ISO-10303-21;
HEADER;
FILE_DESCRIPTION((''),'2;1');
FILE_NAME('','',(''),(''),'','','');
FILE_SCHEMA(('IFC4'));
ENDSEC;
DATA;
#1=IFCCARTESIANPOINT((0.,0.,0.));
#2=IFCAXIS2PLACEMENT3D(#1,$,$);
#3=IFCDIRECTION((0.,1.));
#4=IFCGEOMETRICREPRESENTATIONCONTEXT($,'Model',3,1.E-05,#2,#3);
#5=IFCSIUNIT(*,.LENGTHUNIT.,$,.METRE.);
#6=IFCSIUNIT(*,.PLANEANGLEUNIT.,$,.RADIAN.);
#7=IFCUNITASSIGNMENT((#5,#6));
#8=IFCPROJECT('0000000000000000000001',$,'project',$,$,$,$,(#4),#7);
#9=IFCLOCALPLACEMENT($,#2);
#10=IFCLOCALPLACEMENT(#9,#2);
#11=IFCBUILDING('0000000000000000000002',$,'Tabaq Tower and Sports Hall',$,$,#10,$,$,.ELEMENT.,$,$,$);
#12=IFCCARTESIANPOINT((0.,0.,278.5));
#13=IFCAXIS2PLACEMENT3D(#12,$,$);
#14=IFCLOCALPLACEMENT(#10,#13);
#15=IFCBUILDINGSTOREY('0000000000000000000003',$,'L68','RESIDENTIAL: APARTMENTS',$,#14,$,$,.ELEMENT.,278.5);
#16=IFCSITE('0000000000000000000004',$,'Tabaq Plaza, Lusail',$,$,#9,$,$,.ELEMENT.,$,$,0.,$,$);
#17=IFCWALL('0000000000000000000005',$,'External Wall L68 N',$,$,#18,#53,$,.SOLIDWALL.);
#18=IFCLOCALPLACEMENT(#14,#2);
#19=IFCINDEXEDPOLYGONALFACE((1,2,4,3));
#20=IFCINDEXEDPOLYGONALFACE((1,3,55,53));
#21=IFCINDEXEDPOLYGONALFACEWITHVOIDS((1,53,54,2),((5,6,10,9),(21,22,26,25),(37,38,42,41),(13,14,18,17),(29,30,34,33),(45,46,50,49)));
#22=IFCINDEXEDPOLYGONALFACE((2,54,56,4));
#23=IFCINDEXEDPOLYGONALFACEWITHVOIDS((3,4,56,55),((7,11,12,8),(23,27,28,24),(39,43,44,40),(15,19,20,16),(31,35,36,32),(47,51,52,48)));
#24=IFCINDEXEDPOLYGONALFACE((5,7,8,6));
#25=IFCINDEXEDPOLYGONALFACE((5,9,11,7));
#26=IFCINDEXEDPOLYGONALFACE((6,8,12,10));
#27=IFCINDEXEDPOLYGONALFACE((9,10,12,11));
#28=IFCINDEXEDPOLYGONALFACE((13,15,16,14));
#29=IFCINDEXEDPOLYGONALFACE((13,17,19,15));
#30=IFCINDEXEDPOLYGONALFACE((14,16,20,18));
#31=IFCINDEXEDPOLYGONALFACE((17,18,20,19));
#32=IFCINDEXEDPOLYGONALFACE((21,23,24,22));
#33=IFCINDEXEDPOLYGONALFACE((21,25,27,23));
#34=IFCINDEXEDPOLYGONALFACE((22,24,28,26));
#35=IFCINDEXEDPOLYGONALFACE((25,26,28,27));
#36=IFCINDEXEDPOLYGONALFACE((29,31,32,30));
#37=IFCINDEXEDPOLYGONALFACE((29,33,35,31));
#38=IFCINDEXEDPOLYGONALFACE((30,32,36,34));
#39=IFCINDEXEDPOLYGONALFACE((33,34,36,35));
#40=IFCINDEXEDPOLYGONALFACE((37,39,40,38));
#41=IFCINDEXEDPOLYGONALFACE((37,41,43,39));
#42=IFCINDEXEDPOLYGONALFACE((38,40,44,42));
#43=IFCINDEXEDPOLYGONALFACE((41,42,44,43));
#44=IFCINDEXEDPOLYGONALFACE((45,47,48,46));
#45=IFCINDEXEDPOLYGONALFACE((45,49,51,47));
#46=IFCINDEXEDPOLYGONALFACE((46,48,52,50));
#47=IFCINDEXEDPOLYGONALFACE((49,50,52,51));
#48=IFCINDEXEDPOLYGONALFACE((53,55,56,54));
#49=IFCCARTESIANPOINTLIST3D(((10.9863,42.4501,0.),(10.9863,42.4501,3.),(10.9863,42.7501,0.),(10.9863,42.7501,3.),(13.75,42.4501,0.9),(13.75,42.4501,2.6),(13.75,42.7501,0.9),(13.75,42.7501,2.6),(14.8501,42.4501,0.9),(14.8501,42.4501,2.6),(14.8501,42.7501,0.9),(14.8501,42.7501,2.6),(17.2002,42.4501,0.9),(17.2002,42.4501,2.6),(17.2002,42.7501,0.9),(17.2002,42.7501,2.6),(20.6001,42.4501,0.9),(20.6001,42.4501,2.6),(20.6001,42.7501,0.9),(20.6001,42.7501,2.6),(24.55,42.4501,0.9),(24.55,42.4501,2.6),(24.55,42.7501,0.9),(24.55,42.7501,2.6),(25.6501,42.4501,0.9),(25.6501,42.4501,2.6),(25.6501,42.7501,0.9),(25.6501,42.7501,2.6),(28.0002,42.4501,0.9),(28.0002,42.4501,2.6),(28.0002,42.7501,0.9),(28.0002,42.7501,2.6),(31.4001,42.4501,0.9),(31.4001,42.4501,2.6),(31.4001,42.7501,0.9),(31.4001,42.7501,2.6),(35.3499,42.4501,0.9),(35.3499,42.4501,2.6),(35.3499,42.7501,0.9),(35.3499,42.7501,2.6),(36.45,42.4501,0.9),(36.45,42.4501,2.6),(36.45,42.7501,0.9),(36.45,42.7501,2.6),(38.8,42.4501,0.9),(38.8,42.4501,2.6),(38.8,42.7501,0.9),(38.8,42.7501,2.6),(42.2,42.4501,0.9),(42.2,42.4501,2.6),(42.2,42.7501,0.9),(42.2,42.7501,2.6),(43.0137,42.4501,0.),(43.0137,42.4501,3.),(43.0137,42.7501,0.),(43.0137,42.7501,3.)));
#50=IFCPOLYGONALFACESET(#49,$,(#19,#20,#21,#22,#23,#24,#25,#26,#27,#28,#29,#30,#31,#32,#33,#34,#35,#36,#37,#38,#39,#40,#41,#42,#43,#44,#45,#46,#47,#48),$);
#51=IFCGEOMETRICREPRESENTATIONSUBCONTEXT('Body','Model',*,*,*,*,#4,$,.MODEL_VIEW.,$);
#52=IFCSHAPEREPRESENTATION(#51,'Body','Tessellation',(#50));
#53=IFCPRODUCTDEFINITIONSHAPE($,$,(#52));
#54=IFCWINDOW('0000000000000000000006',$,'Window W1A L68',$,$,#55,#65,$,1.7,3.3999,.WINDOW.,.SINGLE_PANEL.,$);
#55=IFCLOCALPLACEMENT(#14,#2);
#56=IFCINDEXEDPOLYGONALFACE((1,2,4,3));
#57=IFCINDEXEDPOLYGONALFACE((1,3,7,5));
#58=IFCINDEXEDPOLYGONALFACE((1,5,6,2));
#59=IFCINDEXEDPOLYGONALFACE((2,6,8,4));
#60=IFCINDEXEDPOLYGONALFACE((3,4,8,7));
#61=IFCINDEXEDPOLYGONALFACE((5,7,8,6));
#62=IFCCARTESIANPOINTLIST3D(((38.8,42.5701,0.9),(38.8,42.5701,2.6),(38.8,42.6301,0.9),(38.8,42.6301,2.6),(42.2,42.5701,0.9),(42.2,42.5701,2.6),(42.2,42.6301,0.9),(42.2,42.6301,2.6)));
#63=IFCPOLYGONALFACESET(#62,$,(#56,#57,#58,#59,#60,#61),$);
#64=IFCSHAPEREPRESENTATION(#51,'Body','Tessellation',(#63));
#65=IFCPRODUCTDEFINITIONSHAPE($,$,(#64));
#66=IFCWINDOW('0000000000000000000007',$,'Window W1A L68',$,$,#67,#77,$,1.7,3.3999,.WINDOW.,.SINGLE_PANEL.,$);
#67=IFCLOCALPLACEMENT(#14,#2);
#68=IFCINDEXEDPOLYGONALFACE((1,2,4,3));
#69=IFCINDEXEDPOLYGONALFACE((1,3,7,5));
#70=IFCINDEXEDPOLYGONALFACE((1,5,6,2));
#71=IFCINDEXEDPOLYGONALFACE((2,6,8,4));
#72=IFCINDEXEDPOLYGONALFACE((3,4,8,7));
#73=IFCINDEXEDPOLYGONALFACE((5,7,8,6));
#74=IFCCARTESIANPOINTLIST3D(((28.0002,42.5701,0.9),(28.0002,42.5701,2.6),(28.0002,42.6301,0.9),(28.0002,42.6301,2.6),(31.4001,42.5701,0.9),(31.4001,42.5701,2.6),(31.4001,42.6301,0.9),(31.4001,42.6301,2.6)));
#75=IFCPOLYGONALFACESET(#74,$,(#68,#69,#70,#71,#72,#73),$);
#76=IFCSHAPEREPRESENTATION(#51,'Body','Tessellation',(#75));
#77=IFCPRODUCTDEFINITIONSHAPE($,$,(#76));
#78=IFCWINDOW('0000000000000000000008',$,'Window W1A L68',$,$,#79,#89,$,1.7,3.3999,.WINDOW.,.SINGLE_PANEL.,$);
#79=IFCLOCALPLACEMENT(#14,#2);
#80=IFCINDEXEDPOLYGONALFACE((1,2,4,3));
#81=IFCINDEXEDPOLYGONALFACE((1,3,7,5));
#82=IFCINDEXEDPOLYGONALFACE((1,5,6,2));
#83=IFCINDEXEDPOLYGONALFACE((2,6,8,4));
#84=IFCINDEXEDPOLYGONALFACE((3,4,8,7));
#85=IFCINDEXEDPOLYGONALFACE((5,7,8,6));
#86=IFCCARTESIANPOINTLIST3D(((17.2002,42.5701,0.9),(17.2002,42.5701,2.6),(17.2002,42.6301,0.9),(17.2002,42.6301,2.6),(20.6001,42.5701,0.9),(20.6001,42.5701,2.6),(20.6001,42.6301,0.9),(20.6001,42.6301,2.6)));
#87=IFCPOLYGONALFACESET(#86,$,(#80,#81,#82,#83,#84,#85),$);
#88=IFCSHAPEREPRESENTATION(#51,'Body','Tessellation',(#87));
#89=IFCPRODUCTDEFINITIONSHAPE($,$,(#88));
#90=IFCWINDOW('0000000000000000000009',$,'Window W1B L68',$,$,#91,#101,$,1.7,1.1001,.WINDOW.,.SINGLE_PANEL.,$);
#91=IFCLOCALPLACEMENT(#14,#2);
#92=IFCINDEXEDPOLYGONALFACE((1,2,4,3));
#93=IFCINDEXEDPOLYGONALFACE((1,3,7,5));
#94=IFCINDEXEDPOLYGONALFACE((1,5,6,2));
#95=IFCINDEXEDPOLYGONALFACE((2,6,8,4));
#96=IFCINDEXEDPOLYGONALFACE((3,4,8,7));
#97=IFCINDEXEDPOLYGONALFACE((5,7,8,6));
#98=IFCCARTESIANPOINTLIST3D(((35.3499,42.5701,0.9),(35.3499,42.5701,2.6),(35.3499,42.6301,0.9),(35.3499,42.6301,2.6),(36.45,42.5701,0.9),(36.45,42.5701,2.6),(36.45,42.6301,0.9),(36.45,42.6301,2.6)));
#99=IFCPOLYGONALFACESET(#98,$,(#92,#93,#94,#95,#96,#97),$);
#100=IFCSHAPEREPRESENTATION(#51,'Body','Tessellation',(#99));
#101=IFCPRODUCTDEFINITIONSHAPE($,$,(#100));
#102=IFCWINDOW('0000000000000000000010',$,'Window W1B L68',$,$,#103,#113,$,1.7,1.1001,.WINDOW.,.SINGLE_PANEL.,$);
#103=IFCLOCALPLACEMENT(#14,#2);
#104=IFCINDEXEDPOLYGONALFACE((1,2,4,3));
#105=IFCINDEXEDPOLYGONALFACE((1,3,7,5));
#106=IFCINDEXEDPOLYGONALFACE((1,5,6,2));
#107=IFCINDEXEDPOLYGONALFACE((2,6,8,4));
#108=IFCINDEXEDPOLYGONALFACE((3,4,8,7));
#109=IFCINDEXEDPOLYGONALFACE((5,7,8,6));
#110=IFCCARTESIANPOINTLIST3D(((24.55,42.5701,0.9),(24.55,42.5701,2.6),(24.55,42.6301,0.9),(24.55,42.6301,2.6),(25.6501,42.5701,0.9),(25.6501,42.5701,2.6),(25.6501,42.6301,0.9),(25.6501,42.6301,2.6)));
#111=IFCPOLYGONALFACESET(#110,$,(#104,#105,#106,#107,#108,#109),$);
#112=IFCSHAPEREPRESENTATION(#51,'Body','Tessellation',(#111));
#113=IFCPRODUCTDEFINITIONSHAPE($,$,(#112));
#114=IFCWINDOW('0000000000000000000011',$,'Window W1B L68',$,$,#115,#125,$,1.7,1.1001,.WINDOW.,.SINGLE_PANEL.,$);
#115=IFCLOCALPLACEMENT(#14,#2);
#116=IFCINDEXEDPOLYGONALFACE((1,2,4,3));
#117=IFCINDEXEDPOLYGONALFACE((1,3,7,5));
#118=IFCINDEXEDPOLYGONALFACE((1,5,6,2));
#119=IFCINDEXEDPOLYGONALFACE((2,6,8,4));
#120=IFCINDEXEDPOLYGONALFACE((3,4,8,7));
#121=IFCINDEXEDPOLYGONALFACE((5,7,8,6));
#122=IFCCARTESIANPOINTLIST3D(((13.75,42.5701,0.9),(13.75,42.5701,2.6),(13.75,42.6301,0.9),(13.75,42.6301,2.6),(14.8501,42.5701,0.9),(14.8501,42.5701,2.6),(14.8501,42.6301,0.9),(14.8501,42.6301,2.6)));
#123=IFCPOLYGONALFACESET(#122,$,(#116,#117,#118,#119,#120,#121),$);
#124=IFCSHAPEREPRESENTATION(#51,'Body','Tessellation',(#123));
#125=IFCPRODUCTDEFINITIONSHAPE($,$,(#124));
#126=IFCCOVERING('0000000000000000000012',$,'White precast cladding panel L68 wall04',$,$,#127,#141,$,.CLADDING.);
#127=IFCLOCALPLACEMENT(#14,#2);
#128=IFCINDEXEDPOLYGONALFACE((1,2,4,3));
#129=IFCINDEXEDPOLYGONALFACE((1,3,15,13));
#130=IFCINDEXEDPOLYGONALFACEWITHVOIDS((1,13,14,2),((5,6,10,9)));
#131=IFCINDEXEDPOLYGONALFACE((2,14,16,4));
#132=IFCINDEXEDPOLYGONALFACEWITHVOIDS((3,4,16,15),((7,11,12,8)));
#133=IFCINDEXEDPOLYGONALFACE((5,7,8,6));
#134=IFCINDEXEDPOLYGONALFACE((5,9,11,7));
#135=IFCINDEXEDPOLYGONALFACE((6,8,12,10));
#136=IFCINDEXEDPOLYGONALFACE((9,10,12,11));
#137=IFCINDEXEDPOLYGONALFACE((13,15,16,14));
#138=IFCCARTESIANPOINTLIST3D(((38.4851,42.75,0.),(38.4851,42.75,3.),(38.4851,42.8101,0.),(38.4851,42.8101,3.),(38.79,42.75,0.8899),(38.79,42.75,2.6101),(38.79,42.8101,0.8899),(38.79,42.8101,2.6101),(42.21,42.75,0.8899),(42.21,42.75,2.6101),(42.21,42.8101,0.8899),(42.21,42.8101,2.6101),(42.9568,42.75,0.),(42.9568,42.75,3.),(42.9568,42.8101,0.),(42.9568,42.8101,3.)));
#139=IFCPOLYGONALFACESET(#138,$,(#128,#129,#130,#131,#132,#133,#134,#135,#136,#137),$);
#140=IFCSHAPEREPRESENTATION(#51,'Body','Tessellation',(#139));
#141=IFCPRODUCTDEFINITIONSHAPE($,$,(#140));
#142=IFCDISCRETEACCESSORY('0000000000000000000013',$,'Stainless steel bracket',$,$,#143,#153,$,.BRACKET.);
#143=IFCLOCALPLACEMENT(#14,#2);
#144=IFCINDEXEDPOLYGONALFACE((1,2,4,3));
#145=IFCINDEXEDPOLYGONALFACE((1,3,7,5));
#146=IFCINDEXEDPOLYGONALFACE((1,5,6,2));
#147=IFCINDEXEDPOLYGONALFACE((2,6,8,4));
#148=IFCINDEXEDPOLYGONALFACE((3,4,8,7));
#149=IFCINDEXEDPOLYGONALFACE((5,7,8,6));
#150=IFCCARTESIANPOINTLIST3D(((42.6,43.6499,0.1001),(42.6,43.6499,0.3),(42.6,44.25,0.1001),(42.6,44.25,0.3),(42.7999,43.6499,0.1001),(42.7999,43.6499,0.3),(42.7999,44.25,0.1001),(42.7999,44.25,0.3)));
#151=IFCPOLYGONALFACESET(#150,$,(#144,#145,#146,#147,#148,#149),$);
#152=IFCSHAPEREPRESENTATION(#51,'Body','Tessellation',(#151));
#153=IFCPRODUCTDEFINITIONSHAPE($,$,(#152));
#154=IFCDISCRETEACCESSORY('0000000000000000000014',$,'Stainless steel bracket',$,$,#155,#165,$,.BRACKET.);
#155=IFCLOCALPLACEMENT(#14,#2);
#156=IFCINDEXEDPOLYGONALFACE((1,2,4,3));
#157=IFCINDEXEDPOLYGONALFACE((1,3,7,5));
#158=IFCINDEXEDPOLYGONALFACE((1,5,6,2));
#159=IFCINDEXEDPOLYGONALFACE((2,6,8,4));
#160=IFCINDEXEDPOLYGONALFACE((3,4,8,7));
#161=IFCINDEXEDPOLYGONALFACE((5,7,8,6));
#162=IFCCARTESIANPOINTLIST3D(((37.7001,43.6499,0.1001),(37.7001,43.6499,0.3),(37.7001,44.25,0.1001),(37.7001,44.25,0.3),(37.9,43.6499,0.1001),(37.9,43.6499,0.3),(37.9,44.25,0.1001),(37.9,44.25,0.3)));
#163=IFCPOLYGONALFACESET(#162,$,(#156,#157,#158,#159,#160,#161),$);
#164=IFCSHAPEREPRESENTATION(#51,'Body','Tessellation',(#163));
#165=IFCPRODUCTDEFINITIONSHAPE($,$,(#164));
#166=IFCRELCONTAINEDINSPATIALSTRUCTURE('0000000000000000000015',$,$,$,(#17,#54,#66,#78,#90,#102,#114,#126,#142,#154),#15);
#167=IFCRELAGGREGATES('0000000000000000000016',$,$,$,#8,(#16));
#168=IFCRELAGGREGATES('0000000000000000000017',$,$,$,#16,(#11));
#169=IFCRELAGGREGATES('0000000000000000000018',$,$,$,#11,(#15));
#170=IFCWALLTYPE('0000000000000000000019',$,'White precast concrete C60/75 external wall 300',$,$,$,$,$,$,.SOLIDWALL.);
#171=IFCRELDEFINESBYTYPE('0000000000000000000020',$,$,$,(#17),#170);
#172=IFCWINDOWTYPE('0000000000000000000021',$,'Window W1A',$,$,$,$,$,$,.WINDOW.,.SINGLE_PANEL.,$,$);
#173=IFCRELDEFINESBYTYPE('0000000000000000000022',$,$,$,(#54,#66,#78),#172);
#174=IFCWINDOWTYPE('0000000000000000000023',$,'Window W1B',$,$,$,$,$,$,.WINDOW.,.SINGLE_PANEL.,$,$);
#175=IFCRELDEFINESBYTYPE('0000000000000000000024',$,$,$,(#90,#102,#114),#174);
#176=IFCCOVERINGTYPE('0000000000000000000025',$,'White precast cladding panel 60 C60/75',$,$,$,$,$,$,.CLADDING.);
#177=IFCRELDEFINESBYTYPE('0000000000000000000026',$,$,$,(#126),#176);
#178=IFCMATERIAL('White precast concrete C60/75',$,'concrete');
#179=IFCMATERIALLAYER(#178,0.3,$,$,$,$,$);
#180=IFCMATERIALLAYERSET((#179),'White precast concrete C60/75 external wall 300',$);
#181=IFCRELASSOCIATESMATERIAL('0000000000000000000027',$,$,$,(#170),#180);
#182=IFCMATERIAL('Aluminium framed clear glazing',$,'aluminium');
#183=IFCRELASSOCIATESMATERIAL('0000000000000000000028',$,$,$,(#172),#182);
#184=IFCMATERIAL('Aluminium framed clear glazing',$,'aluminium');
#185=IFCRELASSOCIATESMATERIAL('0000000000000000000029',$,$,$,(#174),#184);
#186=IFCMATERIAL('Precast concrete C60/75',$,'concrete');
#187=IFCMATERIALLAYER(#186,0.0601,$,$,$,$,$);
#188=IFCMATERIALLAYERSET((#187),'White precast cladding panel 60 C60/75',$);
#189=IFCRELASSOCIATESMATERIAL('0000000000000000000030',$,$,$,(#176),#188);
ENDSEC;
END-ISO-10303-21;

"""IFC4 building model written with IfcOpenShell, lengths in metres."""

from ifc_helpers import new_model, si_unit, direction, frame, frame_2d, origin, origin_2d, place, context, subcontext, project, spatial, polyline, rectangle, outline, extrude, material, layer, layer_set, type_object, element, fill, save


model = new_model("IFC4")

# Units and contexts
model_context = context("Model", 3, precision=1e-05, world=origin(), true_north=direction((0.0, 1.0)))
body_context = subcontext(model_context, "Body", "Model", "MODEL_VIEW")
ifc_project = project(units=[si_unit("LENGTHUNIT", "METRE"), si_unit("PLANEANGLEUNIT", "RADIAN")], contexts=[model_context])

# Site, building, storey
site_placement = place(None, origin())
site = spatial("IfcSite", under=ifc_project, at=site_placement, Name="Tabaq Plaza, Lusail", CompositionType="ELEMENT", RefElevation=0.0)
building_placement = place(site_placement, origin())
building = spatial("IfcBuilding", under=site, at=building_placement, Name="Tabaq Tower and Sports Hall", CompositionType="ELEMENT")
storey_placement = place(building_placement, frame((0.0, 0.0, 278.5)))
storey = spatial("IfcBuildingStorey", under=building, at=storey_placement, Name="L68", Description="RESIDENTIAL: APARTMENTS", CompositionType="ELEMENT", Elevation=278.5)

# Wall, openings, windows
ifc_material_1 = material(Name="White precast concrete C60/75", Category="concrete")
ifc_layer_1 = layer(ifc_material_1, 0.3)
ifc_layer_set_1 = layer_set([ifc_layer_1], Name="White precast concrete C60/75 external wall 300")
wall_type_1 = type_object("IfcWallType", Name="White precast concrete C60/75 external wall 300", PredefinedType="SOLIDWALL", material=ifc_layer_set_1)
wall_1_placement = place(storey_placement, frame((43.0137, 42.6001, 0.0), z_axis=(0.0, 0.0, 1.0), x_axis=(-1.0, 0.0, 0.0)))
wall_1 = element("IfcWall", 1, at=wall_1_placement, inside=storey, type_object=wall_type_1, Name="External Wall L68 N", PredefinedType="SOLIDWALL", context=body_context, shape_type="SweptSolid", body=[
    extrude(rectangle(XDim=32.0273, YDim=0.3, at=frame_2d((16.0137, 0.0))), origin(), (0.0, 0.0, 1.0), 3.0),
])
opening_1_placement = place(wall_1_placement, frame((0.8137, 0.0, 0.8999)))
opening_1 = element("IfcOpeningElement", 2, at=opening_1_placement, cuts=wall_1, PredefinedType="OPENING", context=body_context, shape_type="SweptSolid", body=[
    extrude(rectangle(XDim=3.3999, YDim=1.7, at=frame_2d((1.7, 0.8501))), frame((0.0, 0.1602, 0.0), z_axis=(0.0, -1.0, 0.0), x_axis=(1.0, 0.0, 0.0)), (0.0, 0.0, 1.0), 0.3201),
])
opening_2_placement = place(wall_1_placement, frame((6.5637, 0.0, 0.8999)))
opening_2 = element("IfcOpeningElement", 3, at=opening_2_placement, cuts=wall_1, PredefinedType="OPENING", context=body_context, shape_type="SweptSolid", body=[
    extrude(rectangle(XDim=1.1001, YDim=1.7, at=frame_2d((0.55, 0.8501))), frame((0.0, 0.1602, 0.0), z_axis=(0.0, -1.0, 0.0), x_axis=(1.0, 0.0, 0.0)), (0.0, 0.0, 1.0), 0.3201),
])
opening_3_placement = place(wall_1_placement, frame((11.6135, 0.0, 0.8999)))
opening_3 = element("IfcOpeningElement", 4, at=opening_3_placement, cuts=wall_1, PredefinedType="OPENING", context=body_context, shape_type="SweptSolid", body=[
    extrude(rectangle(XDim=3.3999, YDim=1.7, at=frame_2d((1.7, 0.8501))), frame((0.0, 0.1602, 0.0), z_axis=(0.0, -1.0, 0.0), x_axis=(1.0, 0.0, 0.0)), (0.0, 0.0, 1.0), 0.3201),
])
opening_4_placement = place(wall_1_placement, frame((17.3635, 0.0, 0.8999)))
opening_4 = element("IfcOpeningElement", 5, at=opening_4_placement, cuts=wall_1, PredefinedType="OPENING", context=body_context, shape_type="SweptSolid", body=[
    extrude(rectangle(XDim=1.1001, YDim=1.7, at=frame_2d((0.55, 0.8501))), frame((0.0, 0.1602, 0.0), z_axis=(0.0, -1.0, 0.0), x_axis=(1.0, 0.0, 0.0)), (0.0, 0.0, 1.0), 0.3201),
])
opening_5_placement = place(wall_1_placement, frame((22.4136, 0.0, 0.8999)))
opening_5 = element("IfcOpeningElement", 6, at=opening_5_placement, cuts=wall_1, PredefinedType="OPENING", context=body_context, shape_type="SweptSolid", body=[
    extrude(rectangle(XDim=3.3999, YDim=1.7, at=frame_2d((1.7, 0.8501))), frame((0.0, 0.1602, 0.0), z_axis=(0.0, -1.0, 0.0), x_axis=(1.0, 0.0, 0.0)), (0.0, 0.0, 1.0), 0.3201),
])
opening_6_placement = place(wall_1_placement, frame((28.1636, 0.0, 0.8999)))
opening_6 = element("IfcOpeningElement", 7, at=opening_6_placement, cuts=wall_1, PredefinedType="OPENING", context=body_context, shape_type="SweptSolid", body=[
    extrude(rectangle(XDim=1.1001, YDim=1.7, at=frame_2d((0.55, 0.8501))), frame((0.0, 0.1602, 0.0), z_axis=(0.0, -1.0, 0.0), x_axis=(1.0, 0.0, 0.0)), (0.0, 0.0, 1.0), 0.3201),
])
ifc_material_2 = material(Name="Aluminium framed clear glazing", Category="aluminium")
window_type_1 = type_object("IfcWindowType", Name="Window W1A", PartitioningType="SINGLE_PANEL", PredefinedType="WINDOW", material=ifc_material_2)
window_1_placement = place(opening_1_placement, origin())
window_1 = element("IfcWindow", 8, at=window_1_placement, inside=storey, type_object=window_type_1, Name="Window W1A L68", OverallHeight=1.7, OverallWidth=3.3999, PartitioningType="SINGLE_PANEL", PredefinedType="WINDOW", context=body_context, shape_type="SweptSolid", body=[
    extrude(rectangle(XDim=3.3999, YDim=1.7, at=frame_2d((1.7, 0.8501))), frame((0.0, 0.03, 0.0), z_axis=(0.0, -1.0, 0.0), x_axis=(1.0, 0.0, 0.0)), (0.0, 0.0, 1.0), 0.0601),
])
fill(opening_1, window_1)
window_2_placement = place(opening_3_placement, origin())
window_2 = element("IfcWindow", 9, at=window_2_placement, inside=storey, type_object=window_type_1, Name="Window W1A L68", OverallHeight=1.7, OverallWidth=3.3999, PartitioningType="SINGLE_PANEL", PredefinedType="WINDOW", context=body_context, shape_type="SweptSolid", body=[
    extrude(rectangle(XDim=3.3999, YDim=1.7, at=frame_2d((1.7, 0.8501))), frame((0.0, 0.03, 0.0), z_axis=(0.0, -1.0, 0.0), x_axis=(1.0, 0.0, 0.0)), (0.0, 0.0, 1.0), 0.0601),
])
fill(opening_3, window_2)
window_3_placement = place(opening_5_placement, origin())
window_3 = element("IfcWindow", 10, at=window_3_placement, inside=storey, type_object=window_type_1, Name="Window W1A L68", OverallHeight=1.7, OverallWidth=3.3999, PartitioningType="SINGLE_PANEL", PredefinedType="WINDOW", context=body_context, shape_type="SweptSolid", body=[
    extrude(rectangle(XDim=3.3999, YDim=1.7, at=frame_2d((1.7, 0.8501))), frame((0.0, 0.03, 0.0), z_axis=(0.0, -1.0, 0.0), x_axis=(1.0, 0.0, 0.0)), (0.0, 0.0, 1.0), 0.0601),
])
fill(opening_5, window_3)
ifc_material_3 = material(Name="Aluminium framed clear glazing", Category="aluminium")
window_type_2 = type_object("IfcWindowType", Name="Window W1B", PartitioningType="SINGLE_PANEL", PredefinedType="WINDOW", material=ifc_material_3)
window_4_placement = place(opening_2_placement, origin())
window_4 = element("IfcWindow", 11, at=window_4_placement, inside=storey, type_object=window_type_2, Name="Window W1B L68", OverallHeight=1.7, OverallWidth=1.1001, PartitioningType="SINGLE_PANEL", PredefinedType="WINDOW", context=body_context, shape_type="SweptSolid", body=[
    extrude(rectangle(XDim=1.1001, YDim=1.7, at=frame_2d((0.55, 0.8501))), frame((0.0, 0.03, 0.0), z_axis=(0.0, -1.0, 0.0), x_axis=(1.0, 0.0, 0.0)), (0.0, 0.0, 1.0), 0.0601),
])
fill(opening_2, window_4)
window_5_placement = place(opening_4_placement, origin())
window_5 = element("IfcWindow", 12, at=window_5_placement, inside=storey, type_object=window_type_2, Name="Window W1B L68", OverallHeight=1.7, OverallWidth=1.1001, PartitioningType="SINGLE_PANEL", PredefinedType="WINDOW", context=body_context, shape_type="SweptSolid", body=[
    extrude(rectangle(XDim=1.1001, YDim=1.7, at=frame_2d((0.55, 0.8501))), frame((0.0, 0.03, 0.0), z_axis=(0.0, -1.0, 0.0), x_axis=(1.0, 0.0, 0.0)), (0.0, 0.0, 1.0), 0.0601),
])
fill(opening_4, window_5)
window_6_placement = place(opening_6_placement, origin())
window_6 = element("IfcWindow", 13, at=window_6_placement, inside=storey, type_object=window_type_2, Name="Window W1B L68", OverallHeight=1.7, OverallWidth=1.1001, PartitioningType="SINGLE_PANEL", PredefinedType="WINDOW", context=body_context, shape_type="SweptSolid", body=[
    extrude(rectangle(XDim=1.1001, YDim=1.7, at=frame_2d((0.55, 0.8501))), frame((0.0, 0.03, 0.0), z_axis=(0.0, -1.0, 0.0), x_axis=(1.0, 0.0, 0.0)), (0.0, 0.0, 1.0), 0.0601),
])
fill(opening_6, window_6)

# Covering
ifc_material_4 = material(Name="Precast concrete C60/75", Category="concrete")
ifc_layer_2 = layer(ifc_material_4, 0.0601)
ifc_layer_set_2 = layer_set([ifc_layer_2], Name="White precast cladding panel 60 C60/75")
covering_type = type_object("IfcCoveringType", Name="White precast cladding panel 60 C60/75", PredefinedType="CLADDING", material=ifc_layer_set_2)
covering_placement = place(storey_placement, frame((42.9568, 42.78, 0.0), z_axis=(0.0, 0.0, 1.0), x_axis=(-1.0, 0.0, 0.0)))
element("IfcCovering", 14, at=covering_placement, inside=storey, type_object=covering_type, Name="White precast cladding panel L68 wall04", PredefinedType="CLADDING", context=body_context, shape_type="SweptSolid", body=[
    extrude(outline(polyline([(0.0, 0.0), (4.4717, 0.0), (4.4717, 3.0), (0.0, 3.0), (0.0, 0.0)]), holes=[polyline([(0.7468, 0.8899), (0.7468, 2.6101), (4.1667, 2.6101), (4.1667, 0.8899), (0.7468, 0.8899)])]), frame((0.0, 0.03, 0.0), z_axis=(0.0, -1.0, 0.0), x_axis=(1.0, 0.0, 0.0)), (0.0, 0.0, 1.0), 0.0601),
])

# Discrete accessories
for number, where, z_axis, x_axis, name in (
    (15, (42.7, 43.95, 0.1001), (0.0, 0.0, 1.0), (0.0, 1.0, 0.0), "Stainless steel bracket"),
    (16, (37.8, 43.95, 0.1001), (0.0, 0.0, 1.0), (0.0, 1.0, 0.0), "Stainless steel bracket"),
):
    element("IfcDiscreteAccessory", number, at=place(storey_placement, frame(where, z_axis=z_axis, x_axis=x_axis)), inside=storey, Name=name, PredefinedType="BRACKET", context=body_context, shape_type="SweptSolid", body=[
        extrude(rectangle(XDim=0.6001, YDim=0.2, at=origin_2d()), origin(), (0.0, 0.0, 1.0), 0.2),
    ])

save(model, "model.ifc")
